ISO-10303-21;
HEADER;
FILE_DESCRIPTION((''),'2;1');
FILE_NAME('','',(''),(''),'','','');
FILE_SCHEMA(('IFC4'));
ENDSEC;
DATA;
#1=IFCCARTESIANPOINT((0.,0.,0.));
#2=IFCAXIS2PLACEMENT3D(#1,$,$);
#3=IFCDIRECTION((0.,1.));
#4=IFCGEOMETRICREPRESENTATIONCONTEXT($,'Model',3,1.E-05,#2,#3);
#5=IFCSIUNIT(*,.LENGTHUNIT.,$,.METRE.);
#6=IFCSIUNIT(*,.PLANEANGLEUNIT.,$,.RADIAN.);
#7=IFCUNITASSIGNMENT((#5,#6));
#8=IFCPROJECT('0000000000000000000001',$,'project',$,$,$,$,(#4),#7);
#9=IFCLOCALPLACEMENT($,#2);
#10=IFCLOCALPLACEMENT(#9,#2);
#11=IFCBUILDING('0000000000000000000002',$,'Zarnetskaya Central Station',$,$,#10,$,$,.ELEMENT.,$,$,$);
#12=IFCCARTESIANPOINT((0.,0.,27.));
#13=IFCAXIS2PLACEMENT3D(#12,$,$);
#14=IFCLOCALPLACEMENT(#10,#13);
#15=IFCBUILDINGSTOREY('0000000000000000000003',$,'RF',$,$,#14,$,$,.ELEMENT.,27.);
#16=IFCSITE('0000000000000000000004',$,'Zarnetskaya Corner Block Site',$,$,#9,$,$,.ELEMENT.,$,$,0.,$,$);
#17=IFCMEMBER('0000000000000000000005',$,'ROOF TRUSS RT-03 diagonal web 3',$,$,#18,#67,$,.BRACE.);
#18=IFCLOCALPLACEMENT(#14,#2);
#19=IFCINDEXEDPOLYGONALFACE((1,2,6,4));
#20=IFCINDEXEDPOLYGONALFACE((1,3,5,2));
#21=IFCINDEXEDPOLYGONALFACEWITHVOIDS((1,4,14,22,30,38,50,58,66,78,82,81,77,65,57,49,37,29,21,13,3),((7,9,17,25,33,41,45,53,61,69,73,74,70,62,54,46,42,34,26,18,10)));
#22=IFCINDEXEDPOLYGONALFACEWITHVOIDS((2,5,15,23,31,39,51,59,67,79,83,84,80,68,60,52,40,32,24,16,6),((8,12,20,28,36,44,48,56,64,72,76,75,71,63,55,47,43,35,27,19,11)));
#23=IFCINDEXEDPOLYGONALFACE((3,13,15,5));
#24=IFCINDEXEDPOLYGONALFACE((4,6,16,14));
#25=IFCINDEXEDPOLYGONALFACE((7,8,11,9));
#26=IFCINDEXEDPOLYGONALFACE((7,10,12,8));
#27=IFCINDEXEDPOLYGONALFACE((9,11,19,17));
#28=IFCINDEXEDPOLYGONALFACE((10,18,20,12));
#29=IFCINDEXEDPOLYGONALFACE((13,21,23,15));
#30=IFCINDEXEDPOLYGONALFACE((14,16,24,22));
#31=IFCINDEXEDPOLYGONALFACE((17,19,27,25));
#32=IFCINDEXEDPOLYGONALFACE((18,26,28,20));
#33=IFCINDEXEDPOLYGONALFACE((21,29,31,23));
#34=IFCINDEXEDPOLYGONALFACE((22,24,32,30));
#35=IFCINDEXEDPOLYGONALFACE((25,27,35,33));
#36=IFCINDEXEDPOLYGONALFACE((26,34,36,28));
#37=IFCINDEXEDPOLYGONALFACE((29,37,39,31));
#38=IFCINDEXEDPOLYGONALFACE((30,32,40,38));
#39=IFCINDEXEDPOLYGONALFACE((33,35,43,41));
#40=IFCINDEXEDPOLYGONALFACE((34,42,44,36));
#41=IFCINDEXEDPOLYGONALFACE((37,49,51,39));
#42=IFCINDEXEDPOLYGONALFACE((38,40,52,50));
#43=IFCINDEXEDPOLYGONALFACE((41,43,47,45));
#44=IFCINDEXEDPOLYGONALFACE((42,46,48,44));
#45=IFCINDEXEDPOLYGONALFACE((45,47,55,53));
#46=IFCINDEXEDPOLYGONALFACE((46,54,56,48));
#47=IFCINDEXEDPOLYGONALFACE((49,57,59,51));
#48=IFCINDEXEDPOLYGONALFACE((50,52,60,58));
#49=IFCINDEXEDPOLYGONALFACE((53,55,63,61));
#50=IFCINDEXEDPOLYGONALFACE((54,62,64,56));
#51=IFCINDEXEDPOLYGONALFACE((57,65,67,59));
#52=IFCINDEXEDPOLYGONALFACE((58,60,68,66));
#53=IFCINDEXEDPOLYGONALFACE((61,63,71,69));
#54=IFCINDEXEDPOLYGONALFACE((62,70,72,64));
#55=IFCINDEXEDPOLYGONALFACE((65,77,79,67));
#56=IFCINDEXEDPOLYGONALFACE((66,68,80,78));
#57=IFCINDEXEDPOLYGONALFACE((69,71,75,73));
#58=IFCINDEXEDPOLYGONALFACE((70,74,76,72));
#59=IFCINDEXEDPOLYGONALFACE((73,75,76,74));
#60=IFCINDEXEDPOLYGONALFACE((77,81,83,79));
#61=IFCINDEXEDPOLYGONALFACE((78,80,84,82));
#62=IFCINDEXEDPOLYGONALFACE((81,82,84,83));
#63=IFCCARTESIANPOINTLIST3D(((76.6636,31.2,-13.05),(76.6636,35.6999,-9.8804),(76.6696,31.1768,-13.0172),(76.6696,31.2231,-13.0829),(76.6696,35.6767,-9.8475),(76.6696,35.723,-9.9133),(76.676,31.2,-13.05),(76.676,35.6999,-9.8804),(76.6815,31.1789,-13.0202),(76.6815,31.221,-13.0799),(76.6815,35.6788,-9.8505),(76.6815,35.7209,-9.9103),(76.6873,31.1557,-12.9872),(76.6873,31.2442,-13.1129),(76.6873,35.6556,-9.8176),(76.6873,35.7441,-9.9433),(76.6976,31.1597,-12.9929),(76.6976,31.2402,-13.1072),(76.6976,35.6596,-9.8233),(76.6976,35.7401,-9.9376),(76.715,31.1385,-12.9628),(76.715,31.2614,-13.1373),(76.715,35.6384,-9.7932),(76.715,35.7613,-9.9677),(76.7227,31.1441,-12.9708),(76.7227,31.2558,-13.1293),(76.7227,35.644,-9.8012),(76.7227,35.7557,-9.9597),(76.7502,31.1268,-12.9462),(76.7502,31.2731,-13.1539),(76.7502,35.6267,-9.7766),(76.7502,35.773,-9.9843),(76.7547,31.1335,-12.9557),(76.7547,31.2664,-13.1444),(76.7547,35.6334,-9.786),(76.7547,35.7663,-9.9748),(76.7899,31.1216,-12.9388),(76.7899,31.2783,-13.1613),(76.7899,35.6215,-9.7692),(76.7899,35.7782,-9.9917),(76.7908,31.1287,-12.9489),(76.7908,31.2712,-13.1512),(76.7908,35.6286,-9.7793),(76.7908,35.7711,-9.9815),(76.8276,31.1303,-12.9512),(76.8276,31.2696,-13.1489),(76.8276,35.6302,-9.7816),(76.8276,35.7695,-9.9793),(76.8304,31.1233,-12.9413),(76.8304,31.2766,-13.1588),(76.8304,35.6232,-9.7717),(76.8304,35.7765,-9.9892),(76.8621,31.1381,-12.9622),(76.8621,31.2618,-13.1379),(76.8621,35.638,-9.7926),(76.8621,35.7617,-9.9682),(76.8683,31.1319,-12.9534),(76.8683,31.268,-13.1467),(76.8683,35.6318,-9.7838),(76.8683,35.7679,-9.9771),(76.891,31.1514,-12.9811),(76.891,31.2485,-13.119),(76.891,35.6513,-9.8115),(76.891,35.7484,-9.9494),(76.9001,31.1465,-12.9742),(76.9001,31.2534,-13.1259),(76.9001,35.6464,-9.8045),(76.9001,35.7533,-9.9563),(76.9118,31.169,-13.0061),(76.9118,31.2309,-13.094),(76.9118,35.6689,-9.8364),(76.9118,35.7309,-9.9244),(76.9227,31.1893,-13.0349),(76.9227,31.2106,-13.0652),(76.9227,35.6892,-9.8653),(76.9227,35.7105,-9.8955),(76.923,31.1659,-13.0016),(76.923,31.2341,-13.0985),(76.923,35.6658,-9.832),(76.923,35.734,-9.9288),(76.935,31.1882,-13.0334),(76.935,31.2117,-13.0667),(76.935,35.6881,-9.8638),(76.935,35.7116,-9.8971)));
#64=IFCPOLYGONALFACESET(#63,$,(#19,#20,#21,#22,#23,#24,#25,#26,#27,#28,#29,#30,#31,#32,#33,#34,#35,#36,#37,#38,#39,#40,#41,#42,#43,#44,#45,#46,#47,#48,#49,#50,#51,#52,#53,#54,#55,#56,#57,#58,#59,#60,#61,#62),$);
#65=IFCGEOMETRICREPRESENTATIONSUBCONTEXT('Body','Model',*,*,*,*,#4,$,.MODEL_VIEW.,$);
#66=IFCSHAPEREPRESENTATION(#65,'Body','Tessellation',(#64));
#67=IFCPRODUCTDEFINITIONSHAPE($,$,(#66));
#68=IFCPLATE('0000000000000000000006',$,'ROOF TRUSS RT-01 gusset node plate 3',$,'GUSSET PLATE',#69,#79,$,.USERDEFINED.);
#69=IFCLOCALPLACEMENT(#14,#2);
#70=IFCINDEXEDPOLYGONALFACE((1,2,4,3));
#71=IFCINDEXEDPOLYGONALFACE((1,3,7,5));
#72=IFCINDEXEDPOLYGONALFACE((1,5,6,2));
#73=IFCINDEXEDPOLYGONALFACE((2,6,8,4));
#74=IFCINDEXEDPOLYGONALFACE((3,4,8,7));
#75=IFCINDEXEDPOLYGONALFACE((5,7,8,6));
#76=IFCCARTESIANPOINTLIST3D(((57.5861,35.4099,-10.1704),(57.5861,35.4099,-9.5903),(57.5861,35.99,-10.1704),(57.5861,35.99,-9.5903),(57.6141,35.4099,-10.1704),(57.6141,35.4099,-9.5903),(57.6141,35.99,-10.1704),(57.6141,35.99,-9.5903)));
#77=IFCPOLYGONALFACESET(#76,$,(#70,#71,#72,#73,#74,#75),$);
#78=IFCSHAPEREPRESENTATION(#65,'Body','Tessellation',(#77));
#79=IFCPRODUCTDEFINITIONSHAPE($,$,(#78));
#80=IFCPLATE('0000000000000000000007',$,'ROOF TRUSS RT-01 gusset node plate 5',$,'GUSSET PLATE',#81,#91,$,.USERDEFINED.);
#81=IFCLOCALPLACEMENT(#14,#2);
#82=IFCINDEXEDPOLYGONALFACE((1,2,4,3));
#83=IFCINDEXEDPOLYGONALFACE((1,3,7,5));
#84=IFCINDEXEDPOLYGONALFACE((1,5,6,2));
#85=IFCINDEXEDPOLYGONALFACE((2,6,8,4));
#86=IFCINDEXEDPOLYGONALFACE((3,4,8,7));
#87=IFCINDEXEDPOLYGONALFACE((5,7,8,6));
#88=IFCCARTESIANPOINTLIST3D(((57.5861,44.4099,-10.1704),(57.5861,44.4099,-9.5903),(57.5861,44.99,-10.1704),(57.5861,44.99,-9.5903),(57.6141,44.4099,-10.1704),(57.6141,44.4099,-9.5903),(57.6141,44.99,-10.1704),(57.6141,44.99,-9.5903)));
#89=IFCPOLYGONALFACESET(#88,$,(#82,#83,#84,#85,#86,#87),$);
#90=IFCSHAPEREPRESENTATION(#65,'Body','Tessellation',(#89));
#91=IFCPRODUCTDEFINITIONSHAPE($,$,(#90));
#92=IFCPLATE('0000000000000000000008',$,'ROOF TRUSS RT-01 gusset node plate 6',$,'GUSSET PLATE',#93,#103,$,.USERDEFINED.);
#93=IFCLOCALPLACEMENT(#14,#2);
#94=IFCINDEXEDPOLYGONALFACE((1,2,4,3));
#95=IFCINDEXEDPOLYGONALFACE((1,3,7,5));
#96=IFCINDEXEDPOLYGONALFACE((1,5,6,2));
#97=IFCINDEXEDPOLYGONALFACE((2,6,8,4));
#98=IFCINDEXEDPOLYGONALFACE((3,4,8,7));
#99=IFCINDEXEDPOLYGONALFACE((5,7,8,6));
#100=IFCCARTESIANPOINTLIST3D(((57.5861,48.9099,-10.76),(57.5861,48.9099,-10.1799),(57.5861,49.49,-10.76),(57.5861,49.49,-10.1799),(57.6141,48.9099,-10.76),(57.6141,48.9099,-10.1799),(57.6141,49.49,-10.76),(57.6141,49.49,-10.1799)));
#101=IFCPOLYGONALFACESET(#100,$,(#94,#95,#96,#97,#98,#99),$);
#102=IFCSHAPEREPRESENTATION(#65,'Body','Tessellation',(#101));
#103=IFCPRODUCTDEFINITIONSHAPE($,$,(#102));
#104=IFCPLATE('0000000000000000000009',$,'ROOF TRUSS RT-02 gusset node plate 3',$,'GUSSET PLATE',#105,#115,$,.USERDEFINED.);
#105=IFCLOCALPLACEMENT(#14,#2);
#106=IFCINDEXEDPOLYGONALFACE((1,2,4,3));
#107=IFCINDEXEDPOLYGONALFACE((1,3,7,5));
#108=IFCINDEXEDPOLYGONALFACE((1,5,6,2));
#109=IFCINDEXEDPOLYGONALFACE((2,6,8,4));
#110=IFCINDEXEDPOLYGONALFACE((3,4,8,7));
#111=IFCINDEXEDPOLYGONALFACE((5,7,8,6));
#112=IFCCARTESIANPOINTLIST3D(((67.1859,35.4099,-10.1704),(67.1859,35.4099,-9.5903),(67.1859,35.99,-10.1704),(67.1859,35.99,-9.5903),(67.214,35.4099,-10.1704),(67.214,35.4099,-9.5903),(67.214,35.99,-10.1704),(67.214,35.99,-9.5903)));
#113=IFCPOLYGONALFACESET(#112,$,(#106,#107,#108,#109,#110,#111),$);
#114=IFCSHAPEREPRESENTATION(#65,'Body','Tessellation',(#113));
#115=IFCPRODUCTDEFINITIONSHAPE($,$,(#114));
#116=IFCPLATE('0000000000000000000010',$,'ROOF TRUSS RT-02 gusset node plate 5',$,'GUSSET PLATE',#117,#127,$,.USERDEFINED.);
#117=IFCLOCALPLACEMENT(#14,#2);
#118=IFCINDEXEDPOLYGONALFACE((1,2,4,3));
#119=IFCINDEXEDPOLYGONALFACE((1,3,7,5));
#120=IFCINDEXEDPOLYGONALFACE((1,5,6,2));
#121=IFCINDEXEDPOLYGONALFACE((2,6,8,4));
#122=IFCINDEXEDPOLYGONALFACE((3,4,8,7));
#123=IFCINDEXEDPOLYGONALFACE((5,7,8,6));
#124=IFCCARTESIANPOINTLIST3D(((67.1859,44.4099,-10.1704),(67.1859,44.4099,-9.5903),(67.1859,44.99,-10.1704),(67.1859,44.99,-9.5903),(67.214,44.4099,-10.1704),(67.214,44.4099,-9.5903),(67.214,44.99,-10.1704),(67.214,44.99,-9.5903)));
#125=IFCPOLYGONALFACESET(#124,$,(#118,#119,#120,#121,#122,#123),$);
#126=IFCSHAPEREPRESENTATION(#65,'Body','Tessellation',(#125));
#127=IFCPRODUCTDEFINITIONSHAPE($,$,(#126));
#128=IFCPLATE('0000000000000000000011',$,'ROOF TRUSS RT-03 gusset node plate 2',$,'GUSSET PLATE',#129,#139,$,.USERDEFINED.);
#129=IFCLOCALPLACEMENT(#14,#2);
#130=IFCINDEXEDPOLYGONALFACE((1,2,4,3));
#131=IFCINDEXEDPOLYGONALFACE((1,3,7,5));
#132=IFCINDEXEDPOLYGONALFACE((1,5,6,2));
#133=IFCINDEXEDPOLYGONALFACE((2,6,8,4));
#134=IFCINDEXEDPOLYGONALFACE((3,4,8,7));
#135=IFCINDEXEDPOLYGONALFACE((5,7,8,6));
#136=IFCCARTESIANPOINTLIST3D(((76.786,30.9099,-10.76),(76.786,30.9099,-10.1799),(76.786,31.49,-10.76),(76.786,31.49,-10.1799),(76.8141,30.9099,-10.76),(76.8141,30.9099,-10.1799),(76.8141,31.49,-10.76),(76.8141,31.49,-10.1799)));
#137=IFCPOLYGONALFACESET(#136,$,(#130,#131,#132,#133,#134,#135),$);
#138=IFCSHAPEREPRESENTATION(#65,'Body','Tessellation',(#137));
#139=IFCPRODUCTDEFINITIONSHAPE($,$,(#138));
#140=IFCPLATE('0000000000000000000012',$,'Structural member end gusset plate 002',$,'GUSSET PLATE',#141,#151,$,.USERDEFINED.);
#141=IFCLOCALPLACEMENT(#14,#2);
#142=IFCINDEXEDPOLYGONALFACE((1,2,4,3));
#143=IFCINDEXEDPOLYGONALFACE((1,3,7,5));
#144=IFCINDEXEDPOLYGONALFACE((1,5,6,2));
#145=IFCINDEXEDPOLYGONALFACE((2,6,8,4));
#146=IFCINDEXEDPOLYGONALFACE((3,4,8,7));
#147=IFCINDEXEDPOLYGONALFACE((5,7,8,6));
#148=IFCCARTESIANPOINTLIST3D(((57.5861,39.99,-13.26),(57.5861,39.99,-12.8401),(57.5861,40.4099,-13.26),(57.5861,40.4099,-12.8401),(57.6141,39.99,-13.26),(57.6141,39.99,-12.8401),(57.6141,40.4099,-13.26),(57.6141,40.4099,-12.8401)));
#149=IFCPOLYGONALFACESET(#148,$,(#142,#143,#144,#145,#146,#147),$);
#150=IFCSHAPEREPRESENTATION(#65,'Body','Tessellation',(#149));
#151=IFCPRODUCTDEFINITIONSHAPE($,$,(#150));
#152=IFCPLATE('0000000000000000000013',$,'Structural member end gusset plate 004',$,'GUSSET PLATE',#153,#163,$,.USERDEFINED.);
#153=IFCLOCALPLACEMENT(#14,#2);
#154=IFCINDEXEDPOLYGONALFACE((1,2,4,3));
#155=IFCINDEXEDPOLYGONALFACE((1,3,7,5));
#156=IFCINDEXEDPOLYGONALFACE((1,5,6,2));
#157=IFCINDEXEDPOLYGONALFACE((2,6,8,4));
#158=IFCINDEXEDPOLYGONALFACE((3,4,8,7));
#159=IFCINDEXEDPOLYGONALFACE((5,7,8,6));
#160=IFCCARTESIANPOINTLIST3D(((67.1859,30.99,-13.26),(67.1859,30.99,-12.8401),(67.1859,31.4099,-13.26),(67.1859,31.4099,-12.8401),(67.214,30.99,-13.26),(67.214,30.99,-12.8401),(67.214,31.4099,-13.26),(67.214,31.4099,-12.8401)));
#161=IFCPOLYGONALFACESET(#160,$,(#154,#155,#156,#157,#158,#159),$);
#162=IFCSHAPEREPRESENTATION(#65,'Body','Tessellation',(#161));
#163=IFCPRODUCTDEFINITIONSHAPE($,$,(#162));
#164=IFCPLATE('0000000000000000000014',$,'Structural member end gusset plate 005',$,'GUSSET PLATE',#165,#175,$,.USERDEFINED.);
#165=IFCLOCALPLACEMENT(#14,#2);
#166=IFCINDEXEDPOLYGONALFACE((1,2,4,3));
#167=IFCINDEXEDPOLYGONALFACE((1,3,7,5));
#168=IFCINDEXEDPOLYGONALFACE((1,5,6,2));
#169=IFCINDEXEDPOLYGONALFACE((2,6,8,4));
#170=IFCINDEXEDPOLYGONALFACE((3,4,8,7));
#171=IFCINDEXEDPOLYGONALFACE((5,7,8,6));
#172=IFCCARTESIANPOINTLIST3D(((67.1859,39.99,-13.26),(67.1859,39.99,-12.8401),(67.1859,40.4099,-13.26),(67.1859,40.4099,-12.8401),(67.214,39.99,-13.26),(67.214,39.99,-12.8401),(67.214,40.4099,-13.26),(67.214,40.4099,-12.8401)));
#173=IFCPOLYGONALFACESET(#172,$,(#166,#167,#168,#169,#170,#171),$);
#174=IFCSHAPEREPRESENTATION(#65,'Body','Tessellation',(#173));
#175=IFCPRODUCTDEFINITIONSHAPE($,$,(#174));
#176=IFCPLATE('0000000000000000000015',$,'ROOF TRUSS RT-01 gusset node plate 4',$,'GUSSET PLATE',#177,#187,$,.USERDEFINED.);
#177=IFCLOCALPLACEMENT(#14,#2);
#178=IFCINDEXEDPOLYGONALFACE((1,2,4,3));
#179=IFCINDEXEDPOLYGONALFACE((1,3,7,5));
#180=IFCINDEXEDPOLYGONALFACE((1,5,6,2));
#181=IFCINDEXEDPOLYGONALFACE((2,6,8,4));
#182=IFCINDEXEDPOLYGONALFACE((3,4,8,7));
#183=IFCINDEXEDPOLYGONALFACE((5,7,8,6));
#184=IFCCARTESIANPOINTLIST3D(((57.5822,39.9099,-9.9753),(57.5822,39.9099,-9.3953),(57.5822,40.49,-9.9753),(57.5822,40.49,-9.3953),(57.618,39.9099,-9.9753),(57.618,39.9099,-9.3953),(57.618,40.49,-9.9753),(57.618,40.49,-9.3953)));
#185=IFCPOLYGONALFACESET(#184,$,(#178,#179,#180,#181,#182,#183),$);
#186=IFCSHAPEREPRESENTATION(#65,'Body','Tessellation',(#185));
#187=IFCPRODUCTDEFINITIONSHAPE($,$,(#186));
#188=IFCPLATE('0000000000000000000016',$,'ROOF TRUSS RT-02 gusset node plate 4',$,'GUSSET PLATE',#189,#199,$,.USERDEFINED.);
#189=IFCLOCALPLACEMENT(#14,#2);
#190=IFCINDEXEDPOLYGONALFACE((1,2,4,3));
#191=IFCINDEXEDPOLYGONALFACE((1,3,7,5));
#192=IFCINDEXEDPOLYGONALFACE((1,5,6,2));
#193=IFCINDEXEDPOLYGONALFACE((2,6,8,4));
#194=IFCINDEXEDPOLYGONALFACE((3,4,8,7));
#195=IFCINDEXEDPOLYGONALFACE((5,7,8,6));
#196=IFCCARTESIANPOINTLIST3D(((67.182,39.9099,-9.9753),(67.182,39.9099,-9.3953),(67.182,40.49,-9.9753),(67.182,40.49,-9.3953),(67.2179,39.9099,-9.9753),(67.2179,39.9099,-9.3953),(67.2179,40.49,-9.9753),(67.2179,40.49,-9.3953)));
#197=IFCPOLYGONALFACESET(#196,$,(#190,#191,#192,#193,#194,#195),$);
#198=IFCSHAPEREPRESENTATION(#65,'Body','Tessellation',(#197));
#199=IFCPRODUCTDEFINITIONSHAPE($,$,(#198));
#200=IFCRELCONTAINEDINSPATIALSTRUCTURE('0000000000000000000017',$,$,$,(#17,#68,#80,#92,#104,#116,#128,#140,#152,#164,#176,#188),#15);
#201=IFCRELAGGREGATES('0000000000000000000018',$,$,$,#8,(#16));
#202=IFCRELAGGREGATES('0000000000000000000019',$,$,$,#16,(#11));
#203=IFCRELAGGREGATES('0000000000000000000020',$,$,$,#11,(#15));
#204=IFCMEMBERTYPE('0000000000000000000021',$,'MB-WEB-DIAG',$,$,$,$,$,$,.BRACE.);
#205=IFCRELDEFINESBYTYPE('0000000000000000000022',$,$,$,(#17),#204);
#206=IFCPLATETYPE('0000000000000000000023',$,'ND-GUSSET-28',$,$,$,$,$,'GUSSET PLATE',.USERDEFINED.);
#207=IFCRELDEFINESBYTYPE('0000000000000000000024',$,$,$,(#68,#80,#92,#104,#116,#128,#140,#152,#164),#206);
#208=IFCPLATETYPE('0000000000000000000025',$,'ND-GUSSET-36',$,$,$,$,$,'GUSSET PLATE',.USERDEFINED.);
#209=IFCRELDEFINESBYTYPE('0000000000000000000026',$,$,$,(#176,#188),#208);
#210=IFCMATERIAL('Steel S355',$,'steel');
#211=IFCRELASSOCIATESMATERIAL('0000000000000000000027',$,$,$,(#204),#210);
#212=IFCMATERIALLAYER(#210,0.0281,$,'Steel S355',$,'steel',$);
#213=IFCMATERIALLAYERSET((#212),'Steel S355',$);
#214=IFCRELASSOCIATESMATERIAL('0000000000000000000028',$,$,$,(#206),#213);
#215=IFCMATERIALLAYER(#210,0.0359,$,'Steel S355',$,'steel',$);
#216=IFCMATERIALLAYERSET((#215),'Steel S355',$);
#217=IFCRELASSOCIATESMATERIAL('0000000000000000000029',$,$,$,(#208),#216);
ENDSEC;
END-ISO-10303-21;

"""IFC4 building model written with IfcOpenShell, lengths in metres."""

from ifc_helpers import new_model, si_unit, direction, frame, origin, origin_2d, place, context, subcontext, project, spatial, rectangle, hollow_circle, extrude, material, layer, layer_set, material_profile, profile_set, type_object, element, save


model = new_model("IFC4")

# Units and contexts
model_context = context("Model", 3, precision=1e-05, world=origin(), true_north=direction((0.0, 1.0)))
body_context = subcontext(model_context, "Body", "Model", "MODEL_VIEW")
ifc_project = project(units=[si_unit("LENGTHUNIT", "METRE"), si_unit("PLANEANGLEUNIT", "RADIAN")], contexts=[model_context])

# Site, building, storey
site_placement = place(None, origin())
site = spatial("IfcSite", under=ifc_project, at=site_placement, Name="Zarnetskaya Corner Block Site", CompositionType="ELEMENT", RefElevation=0.0)
building_placement = place(site_placement, origin())
building = spatial("IfcBuilding", under=site, at=building_placement, Name="Zarnetskaya Central Station", CompositionType="ELEMENT")
storey_placement = place(building_placement, frame((0.0, 0.0, 27.0)))
storey = spatial("IfcBuildingStorey", under=building, at=storey_placement, Name="RF", CompositionType="ELEMENT", Elevation=27.0)

# Member
ifc_material = material(Name="Steel S355", Category="steel")
ifc_material_profile_1 = material_profile(ifc_material, hollow_circle(Radius=0.1365, WallThickness=0.0125, at=origin_2d()), Name="CHS 273x12.5")
ifc_profile_set_1 = profile_set([ifc_material_profile_1], Name="Steel S355")
member_type_1 = type_object("IfcMemberType", Name="MB-WEB-DIAG", PredefinedType="BRACE", material=ifc_profile_set_1)
member_1_placement = place(storey_placement, frame((76.8, 31.2, -13.05), z_axis=(0.0, 0.817549, 0.575859), x_axis=(-1.0, 0.0, 0.0)))
element("IfcMember", 1, at=member_1_placement, inside=storey, type_object=member_type_1, Name="ROOF TRUSS RT-03 diagonal web 3", PredefinedType="BRACE", context=body_context, shape_type="SweptSolid", body=[
    extrude(hollow_circle(Radius=0.1365, WallThickness=0.0125, at=origin_2d()), origin(), (0.0, 0.0, 1.0), 5.5042),
])

# Plates
ifc_layer_1 = layer(ifc_material, 0.0281, Name="Steel S355", Category="steel")
ifc_layer_set_1 = layer_set([ifc_layer_1], Name="Steel S355")
plate_type_1 = type_object("IfcPlateType", Name="ND-GUSSET-28", ElementType="GUSSET PLATE", PredefinedType="USERDEFINED", material=ifc_layer_set_1)
for number, where, z_axis, x_axis, name in (
    (2, (57.6001, 35.7, -10.1704), (0.0, 0.0, 1.0), (1.0, 0.0, 0.0), "ROOF TRUSS RT-01 gusset node plate 3"),
    (3, (57.6001, 44.7, -10.1704), (0.0, 0.0, 1.0), (1.0, 0.0, 0.0), "ROOF TRUSS RT-01 gusset node plate 5"),
    (4, (57.6001, 49.2, -10.76), (0.0, 0.0, 1.0), (1.0, 0.0, 0.0), "ROOF TRUSS RT-01 gusset node plate 6"),
    (5, (67.2, 35.7, -10.1704), (0.0, 0.0, 1.0), (1.0, 0.0, 0.0), "ROOF TRUSS RT-02 gusset node plate 3"),
    (6, (67.2, 44.7, -10.1704), (0.0, 0.0, 1.0), (1.0, 0.0, 0.0), "ROOF TRUSS RT-02 gusset node plate 5"),
    (7, (76.8, 31.2, -10.76), (0.0, 0.0, 1.0), (1.0, 0.0, 0.0), "ROOF TRUSS RT-03 gusset node plate 2"),
):
    element("IfcPlate", number, at=place(storey_placement, frame(where, z_axis=z_axis, x_axis=x_axis)), inside=storey, type_object=plate_type_1, Name=name, ObjectType="GUSSET PLATE", PredefinedType="USERDEFINED", context=body_context, shape_type="SweptSolid", body=[
        extrude(rectangle(XDim=0.0281, YDim=0.5801, at=origin_2d()), origin(), (0.0, 0.0, 1.0), 0.5801),
    ])
for number, where, z_axis, x_axis, name in (
    (8, (57.6001, 40.2, -13.26), (0.0, 0.0, 1.0), (1.0, 0.0, 0.0), "Structural member end gusset plate 002"),
    (9, (67.2, 31.2, -13.26), (0.0, 0.0, 1.0), (1.0, 0.0, 0.0), "Structural member end gusset plate 004"),
    (10, (67.2, 40.2, -13.26), (0.0, 0.0, 1.0), (1.0, 0.0, 0.0), "Structural member end gusset plate 005"),
):
    element("IfcPlate", number, at=place(storey_placement, frame(where, z_axis=z_axis, x_axis=x_axis)), inside=storey, type_object=plate_type_1, Name=name, ObjectType="GUSSET PLATE", PredefinedType="USERDEFINED", context=body_context, shape_type="SweptSolid", body=[
        extrude(rectangle(XDim=0.0281, YDim=0.4199, at=origin_2d()), origin(), (0.0, 0.0, 1.0), 0.4199),
    ])
ifc_layer_2 = layer(ifc_material, 0.0359, Name="Steel S355", Category="steel")
ifc_layer_set_2 = layer_set([ifc_layer_2], Name="Steel S355")
plate_type_2 = type_object("IfcPlateType", Name="ND-GUSSET-36", ElementType="GUSSET PLATE", PredefinedType="USERDEFINED", material=ifc_layer_set_2)
for number, where, z_axis, x_axis, name in (
    (11, (57.6001, 40.2, -9.9753), (0.0, 0.0, 1.0), (1.0, 0.0, 0.0), "ROOF TRUSS RT-01 gusset node plate 4"),
    (12, (67.2, 40.2, -9.9753), (0.0, 0.0, 1.0), (1.0, 0.0, 0.0), "ROOF TRUSS RT-02 gusset node plate 4"),
):
    element("IfcPlate", number, at=place(storey_placement, frame(where, z_axis=z_axis, x_axis=x_axis)), inside=storey, type_object=plate_type_2, Name=name, ObjectType="GUSSET PLATE", PredefinedType="USERDEFINED", context=body_context, shape_type="SweptSolid", body=[
        extrude(rectangle(XDim=0.0359, YDim=0.5801, at=origin_2d()), origin(), (0.0, 0.0, 1.0), 0.5801),
    ])

save(model, "model.ifc")
